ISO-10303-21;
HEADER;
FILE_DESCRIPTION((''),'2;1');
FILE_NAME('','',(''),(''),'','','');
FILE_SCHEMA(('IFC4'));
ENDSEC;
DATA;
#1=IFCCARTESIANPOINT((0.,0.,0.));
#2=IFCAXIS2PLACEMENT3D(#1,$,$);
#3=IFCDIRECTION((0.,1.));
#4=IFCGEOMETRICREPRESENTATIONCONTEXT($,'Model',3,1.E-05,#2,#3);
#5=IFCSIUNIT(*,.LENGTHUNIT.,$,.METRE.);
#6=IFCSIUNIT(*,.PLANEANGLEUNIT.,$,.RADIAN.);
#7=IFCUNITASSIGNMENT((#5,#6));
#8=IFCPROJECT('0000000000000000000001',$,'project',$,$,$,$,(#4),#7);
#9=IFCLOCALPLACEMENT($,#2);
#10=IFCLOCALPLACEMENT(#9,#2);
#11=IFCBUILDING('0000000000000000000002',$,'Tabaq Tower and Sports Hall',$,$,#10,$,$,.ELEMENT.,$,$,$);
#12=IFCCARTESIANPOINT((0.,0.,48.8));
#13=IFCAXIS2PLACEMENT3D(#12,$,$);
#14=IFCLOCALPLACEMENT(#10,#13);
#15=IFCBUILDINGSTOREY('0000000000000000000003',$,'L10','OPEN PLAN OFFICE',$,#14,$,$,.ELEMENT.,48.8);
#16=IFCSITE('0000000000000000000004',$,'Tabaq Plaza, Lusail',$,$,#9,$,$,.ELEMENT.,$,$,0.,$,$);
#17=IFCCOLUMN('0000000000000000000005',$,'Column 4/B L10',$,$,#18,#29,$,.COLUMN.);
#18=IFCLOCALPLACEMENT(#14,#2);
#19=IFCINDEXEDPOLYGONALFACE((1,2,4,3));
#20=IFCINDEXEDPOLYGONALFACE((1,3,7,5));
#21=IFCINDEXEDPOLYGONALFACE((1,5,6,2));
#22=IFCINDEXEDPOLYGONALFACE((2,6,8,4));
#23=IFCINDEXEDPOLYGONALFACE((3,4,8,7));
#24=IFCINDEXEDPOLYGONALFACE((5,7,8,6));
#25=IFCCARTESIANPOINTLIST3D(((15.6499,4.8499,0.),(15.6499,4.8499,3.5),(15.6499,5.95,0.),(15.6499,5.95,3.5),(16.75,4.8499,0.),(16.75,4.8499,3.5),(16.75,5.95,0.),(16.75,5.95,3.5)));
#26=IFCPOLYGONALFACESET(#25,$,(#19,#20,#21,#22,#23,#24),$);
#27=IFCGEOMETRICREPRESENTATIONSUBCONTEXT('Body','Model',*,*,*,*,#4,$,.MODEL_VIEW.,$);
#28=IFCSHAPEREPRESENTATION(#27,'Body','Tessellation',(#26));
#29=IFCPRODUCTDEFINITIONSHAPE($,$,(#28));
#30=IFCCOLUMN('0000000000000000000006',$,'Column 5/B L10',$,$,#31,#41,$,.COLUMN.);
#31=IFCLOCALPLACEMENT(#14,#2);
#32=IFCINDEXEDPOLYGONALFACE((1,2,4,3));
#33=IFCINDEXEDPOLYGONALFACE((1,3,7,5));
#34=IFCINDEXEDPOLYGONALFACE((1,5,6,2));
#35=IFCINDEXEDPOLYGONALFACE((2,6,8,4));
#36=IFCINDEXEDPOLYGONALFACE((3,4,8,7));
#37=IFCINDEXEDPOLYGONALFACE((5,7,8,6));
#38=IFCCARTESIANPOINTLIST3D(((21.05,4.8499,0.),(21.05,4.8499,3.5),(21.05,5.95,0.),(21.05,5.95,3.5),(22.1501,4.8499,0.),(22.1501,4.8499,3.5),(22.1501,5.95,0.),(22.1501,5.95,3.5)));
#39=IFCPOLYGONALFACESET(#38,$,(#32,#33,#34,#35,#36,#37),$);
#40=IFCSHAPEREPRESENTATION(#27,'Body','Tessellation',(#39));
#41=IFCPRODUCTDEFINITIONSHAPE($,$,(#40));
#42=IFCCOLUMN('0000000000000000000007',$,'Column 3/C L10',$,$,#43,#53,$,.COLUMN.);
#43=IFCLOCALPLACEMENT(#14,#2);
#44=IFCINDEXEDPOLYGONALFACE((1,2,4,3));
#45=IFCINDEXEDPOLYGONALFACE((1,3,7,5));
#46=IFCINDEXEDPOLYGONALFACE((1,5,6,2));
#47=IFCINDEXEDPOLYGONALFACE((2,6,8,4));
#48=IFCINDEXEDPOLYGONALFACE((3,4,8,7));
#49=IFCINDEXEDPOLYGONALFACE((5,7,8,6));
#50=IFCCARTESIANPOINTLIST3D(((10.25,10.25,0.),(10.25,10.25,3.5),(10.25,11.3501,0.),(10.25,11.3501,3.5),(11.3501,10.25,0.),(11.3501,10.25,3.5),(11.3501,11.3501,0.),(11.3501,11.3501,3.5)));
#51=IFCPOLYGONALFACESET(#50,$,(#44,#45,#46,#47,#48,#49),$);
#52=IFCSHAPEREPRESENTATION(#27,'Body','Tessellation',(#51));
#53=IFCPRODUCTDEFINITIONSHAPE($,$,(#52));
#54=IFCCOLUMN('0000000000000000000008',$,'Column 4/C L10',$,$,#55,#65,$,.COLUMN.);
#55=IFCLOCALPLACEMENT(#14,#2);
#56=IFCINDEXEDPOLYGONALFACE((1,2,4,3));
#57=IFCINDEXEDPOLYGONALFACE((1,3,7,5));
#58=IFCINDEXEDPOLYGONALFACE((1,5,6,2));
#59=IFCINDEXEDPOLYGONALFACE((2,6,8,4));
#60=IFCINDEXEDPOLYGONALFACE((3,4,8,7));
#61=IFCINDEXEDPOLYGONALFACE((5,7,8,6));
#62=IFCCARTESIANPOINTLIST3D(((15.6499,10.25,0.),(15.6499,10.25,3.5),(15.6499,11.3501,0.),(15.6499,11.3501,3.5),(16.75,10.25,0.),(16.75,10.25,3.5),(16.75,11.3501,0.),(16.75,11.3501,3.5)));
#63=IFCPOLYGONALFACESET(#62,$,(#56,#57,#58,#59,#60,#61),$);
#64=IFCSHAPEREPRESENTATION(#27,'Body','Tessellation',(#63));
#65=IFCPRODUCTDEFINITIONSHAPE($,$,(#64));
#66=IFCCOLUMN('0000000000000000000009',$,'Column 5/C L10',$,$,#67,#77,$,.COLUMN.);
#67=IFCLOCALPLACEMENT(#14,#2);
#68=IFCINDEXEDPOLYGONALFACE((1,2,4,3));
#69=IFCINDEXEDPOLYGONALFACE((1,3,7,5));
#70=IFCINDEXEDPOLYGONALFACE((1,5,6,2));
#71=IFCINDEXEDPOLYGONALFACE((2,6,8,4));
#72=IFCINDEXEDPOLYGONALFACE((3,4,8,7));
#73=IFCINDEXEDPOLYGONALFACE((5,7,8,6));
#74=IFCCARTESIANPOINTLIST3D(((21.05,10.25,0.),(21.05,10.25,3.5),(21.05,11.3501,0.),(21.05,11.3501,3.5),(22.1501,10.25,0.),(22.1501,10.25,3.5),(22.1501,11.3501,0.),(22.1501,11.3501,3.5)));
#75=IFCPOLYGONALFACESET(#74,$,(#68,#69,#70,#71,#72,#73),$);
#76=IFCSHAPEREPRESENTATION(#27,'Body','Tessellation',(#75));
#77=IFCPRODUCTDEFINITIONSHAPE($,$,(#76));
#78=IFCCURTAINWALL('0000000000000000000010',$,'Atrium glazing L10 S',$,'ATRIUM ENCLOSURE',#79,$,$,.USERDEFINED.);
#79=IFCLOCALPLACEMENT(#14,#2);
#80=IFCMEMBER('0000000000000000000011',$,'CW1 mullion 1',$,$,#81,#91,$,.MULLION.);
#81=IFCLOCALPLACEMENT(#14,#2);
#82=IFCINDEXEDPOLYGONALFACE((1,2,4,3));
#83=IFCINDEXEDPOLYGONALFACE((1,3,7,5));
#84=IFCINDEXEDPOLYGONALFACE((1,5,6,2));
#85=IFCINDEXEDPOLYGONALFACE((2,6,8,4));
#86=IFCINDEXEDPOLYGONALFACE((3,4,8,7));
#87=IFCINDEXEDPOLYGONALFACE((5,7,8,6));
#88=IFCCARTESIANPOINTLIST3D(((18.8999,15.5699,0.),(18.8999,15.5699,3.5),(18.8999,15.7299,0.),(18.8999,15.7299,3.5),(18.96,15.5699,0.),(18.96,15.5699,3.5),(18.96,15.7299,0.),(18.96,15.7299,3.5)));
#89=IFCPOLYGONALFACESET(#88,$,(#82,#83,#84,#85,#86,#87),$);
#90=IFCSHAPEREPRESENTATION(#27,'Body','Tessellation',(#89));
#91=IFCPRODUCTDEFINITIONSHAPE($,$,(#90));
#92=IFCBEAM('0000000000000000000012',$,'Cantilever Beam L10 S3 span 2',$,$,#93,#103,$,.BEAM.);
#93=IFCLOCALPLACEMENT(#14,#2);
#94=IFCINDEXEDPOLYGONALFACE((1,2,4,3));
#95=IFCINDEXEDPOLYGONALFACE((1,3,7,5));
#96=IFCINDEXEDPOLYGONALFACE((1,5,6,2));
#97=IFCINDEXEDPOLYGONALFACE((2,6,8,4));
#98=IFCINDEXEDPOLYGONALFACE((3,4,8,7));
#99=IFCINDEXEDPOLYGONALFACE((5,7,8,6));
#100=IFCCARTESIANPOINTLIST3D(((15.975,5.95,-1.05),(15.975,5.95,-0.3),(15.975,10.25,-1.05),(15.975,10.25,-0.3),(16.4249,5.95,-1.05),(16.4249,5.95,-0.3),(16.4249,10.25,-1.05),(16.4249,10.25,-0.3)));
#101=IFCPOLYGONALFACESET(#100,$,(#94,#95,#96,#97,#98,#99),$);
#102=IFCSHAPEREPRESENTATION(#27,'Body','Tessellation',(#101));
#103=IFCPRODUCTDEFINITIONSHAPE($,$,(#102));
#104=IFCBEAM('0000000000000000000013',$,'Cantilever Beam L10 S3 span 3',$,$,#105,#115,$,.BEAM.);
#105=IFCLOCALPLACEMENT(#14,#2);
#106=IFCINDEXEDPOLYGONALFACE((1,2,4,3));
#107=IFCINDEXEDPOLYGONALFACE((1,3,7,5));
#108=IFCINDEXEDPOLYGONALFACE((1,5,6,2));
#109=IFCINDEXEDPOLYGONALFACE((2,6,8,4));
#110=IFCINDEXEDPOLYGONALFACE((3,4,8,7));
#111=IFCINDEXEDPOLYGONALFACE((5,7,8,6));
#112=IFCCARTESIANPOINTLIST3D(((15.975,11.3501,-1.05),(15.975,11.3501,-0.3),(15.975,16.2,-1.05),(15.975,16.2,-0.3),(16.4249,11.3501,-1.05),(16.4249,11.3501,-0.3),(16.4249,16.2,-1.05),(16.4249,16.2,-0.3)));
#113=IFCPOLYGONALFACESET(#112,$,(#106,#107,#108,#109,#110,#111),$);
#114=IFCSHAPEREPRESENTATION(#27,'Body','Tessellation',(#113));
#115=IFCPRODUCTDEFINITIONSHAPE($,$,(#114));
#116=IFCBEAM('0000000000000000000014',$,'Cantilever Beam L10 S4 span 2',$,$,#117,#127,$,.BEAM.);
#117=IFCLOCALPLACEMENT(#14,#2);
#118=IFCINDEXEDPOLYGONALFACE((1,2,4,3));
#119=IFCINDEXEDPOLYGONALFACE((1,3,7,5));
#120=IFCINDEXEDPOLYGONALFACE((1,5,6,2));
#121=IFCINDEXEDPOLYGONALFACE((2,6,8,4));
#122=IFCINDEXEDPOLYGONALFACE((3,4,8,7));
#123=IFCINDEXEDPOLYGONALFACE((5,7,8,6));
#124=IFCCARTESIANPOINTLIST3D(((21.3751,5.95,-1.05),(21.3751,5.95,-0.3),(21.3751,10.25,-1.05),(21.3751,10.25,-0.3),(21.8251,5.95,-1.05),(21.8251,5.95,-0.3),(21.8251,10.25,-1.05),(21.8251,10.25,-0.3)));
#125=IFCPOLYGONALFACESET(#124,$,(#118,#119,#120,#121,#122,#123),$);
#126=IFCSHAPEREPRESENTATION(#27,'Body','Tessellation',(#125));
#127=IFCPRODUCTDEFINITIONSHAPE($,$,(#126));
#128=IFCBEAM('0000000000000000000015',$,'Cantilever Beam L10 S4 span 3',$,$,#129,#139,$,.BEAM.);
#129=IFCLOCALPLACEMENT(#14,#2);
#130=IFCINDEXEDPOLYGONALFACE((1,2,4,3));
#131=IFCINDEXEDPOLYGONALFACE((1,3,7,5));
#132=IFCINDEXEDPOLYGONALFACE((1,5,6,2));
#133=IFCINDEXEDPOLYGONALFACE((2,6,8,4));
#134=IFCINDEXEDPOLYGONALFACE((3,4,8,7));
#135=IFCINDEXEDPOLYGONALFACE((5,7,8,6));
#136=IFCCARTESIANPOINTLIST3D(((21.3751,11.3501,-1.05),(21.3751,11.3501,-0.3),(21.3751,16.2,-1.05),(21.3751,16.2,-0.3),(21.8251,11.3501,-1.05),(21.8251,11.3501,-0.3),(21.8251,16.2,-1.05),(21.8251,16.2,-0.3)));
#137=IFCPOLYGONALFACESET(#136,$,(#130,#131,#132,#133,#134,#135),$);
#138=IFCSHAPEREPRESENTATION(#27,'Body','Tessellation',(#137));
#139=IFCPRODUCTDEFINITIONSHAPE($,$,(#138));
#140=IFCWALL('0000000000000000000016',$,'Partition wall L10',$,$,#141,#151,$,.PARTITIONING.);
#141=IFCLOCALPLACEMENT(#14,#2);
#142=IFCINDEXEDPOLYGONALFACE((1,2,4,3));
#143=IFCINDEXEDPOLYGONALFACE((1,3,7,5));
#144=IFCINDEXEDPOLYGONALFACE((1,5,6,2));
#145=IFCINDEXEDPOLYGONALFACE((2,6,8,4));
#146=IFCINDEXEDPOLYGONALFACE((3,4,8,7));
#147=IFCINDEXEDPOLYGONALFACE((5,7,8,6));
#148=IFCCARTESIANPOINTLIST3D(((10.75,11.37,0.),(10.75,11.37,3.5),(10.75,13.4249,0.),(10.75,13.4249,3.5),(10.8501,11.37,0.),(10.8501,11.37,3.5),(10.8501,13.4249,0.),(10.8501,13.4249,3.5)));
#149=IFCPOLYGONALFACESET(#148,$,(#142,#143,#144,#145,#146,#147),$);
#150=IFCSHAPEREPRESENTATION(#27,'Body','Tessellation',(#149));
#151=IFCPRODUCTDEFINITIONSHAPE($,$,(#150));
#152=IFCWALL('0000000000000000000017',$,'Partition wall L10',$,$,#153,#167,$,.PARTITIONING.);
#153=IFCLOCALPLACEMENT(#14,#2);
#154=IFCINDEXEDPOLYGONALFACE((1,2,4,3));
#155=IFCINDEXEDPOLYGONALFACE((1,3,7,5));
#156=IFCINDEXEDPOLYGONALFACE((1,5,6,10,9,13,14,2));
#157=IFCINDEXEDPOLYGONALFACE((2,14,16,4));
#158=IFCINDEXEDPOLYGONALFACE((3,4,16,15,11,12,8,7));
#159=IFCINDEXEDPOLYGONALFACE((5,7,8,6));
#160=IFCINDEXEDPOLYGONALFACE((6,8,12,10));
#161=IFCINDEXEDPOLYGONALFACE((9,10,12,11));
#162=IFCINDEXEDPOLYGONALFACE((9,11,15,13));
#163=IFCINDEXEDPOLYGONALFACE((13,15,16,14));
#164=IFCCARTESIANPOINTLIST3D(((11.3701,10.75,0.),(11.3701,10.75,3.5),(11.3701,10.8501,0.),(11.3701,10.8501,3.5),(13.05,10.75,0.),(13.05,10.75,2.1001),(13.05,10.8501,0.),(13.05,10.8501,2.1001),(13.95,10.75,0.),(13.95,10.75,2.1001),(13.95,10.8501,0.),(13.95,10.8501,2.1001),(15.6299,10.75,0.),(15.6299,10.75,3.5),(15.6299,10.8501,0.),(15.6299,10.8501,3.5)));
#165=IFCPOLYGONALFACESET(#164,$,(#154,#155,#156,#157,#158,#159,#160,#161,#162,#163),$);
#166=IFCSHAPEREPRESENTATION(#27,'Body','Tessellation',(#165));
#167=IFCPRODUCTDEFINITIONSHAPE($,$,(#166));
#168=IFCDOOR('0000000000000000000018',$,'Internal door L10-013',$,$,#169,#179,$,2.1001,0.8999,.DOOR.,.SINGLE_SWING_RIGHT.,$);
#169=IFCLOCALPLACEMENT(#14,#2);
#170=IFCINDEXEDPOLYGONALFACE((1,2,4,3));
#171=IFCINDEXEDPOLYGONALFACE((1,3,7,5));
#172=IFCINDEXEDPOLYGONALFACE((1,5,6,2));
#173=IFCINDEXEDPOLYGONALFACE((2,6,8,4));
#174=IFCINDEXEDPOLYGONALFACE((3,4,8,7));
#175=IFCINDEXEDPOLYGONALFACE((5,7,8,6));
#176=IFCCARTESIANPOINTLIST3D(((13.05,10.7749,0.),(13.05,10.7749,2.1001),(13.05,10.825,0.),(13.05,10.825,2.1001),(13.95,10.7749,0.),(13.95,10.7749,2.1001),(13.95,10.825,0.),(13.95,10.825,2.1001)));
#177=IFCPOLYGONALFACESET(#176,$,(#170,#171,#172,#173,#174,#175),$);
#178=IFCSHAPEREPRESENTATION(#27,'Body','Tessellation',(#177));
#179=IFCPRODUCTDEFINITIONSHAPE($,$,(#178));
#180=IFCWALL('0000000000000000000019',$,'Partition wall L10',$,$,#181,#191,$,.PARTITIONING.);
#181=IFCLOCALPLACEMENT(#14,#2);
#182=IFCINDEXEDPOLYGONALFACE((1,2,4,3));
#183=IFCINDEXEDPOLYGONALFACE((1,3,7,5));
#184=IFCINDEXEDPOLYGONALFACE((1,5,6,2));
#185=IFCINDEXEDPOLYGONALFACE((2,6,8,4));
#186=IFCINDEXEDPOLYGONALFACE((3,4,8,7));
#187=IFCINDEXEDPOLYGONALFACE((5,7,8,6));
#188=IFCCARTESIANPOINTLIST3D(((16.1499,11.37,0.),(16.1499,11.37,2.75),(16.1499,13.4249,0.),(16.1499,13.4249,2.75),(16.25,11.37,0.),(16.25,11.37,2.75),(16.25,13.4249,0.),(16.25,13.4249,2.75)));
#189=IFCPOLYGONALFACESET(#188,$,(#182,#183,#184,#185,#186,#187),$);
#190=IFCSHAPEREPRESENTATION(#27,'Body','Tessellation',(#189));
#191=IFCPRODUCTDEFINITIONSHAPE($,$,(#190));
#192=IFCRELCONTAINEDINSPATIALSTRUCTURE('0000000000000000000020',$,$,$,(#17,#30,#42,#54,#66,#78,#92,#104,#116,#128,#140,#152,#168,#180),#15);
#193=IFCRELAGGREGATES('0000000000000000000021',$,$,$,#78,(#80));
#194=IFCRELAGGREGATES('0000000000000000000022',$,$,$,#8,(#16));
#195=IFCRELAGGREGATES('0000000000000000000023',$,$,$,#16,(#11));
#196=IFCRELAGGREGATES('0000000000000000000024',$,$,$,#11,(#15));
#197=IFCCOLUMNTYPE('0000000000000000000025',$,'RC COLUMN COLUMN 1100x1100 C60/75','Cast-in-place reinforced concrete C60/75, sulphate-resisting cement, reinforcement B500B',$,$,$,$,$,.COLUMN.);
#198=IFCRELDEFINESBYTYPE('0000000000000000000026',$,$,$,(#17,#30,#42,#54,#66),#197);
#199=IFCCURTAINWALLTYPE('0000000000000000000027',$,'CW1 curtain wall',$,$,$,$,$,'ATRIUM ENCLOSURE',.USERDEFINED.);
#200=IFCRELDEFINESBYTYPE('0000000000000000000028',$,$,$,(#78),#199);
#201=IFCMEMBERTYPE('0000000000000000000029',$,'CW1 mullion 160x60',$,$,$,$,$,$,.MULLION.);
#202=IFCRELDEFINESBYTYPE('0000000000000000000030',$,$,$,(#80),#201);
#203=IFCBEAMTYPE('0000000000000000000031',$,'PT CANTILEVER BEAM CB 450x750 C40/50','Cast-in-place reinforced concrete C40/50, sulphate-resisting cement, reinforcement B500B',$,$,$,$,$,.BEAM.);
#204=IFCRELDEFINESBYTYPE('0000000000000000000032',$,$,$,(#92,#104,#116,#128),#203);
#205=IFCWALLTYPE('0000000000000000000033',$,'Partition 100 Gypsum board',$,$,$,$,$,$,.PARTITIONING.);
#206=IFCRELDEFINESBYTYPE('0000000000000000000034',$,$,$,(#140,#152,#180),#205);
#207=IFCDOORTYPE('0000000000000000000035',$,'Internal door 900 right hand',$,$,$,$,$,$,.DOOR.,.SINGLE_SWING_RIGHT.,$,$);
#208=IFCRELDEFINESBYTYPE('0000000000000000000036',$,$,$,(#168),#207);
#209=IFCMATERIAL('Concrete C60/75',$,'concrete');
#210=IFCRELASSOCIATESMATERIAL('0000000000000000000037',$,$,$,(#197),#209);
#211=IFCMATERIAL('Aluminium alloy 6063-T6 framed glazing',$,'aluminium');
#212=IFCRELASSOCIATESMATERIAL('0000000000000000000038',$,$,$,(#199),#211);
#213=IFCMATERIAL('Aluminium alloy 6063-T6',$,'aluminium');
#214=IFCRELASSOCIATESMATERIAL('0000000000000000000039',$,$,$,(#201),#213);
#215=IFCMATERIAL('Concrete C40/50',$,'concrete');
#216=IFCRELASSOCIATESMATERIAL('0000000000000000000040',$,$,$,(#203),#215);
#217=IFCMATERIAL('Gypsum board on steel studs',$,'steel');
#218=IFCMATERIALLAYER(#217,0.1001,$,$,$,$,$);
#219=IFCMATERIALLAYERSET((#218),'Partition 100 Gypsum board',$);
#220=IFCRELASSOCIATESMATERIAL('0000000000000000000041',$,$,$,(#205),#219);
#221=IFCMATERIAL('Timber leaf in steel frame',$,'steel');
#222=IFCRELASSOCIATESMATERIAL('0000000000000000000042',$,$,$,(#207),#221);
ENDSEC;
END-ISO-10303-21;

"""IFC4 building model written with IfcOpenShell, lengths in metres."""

from ifc_helpers import new_model, si_unit, direction, frame, frame_2d, origin, origin_2d, place, context, subcontext, project, spatial, rectangle, extrude, material, layer, layer_set, material_profile, profile_set, type_object, element, fill, aggregate, save


model = new_model("IFC4")

# Units and contexts
model_context = context("Model", 3, precision=1e-05, world=origin(), true_north=direction((0.0, 1.0)))
body_context = subcontext(model_context, "Body", "Model", "MODEL_VIEW")
ifc_project = project(units=[si_unit("LENGTHUNIT", "METRE"), si_unit("PLANEANGLEUNIT", "RADIAN")], contexts=[model_context])

# Site, building, storey
site_placement = place(None, origin())
site = spatial("IfcSite", under=ifc_project, at=site_placement, Name="Tabaq Plaza, Lusail", CompositionType="ELEMENT", RefElevation=0.0)
building_placement = place(site_placement, origin())
building = spatial("IfcBuilding", under=site, at=building_placement, Name="Tabaq Tower and Sports Hall", CompositionType="ELEMENT")
storey_placement = place(building_placement, frame((0.0, 0.0, 48.8)))
storey = spatial("IfcBuildingStorey", under=building, at=storey_placement, Name="L10", Description="OPEN PLAN OFFICE", CompositionType="ELEMENT", Elevation=48.8)

# Columns
ifc_material_1 = material(Name="Concrete C60/75", Category="concrete")
ifc_material_profile_1 = material_profile(ifc_material_1, rectangle(XDim=1.1001, YDim=1.1001, at=origin_2d()), Name="COLUMN 1100x1100")
ifc_profile_set_1 = profile_set([ifc_material_profile_1], Name="Concrete C60/75")
column_type = type_object("IfcColumnType", Name="RC COLUMN COLUMN 1100x1100 C60/75", Description="Cast-in-place reinforced concrete C60/75, sulphate-resisting cement, reinforcement B500B", PredefinedType="COLUMN", material=ifc_profile_set_1)
for number, where, z_axis, x_axis, name in (
    (1, (16.2, 5.3999, 0.0), (0.0, 0.0, 1.0), (1.0, 0.0, 0.0), "Column 4/B L10"),
    (2, (21.6001, 5.3999, 0.0), (0.0, 0.0, 1.0), (1.0, 0.0, 0.0), "Column 5/B L10"),
    (3, (10.8, 10.8, 0.0), (0.0, 0.0, 1.0), (1.0, 0.0, 0.0), "Column 3/C L10"),
    (4, (16.2, 10.8, 0.0), (0.0, 0.0, 1.0), (1.0, 0.0, 0.0), "Column 4/C L10"),
    (5, (21.6001, 10.8, 0.0), (0.0, 0.0, 1.0), (1.0, 0.0, 0.0), "Column 5/C L10"),
):
    element("IfcColumn", number, at=place(storey_placement, frame(where, z_axis=z_axis, x_axis=x_axis)), inside=storey, type_object=column_type, Name=name, PredefinedType="COLUMN", context=body_context, shape_type="SweptSolid", body=[
        extrude(rectangle(XDim=1.1001, YDim=1.1001, at=origin_2d()), origin(), (0.0, 0.0, 1.0), 3.5),
    ])

# Curtain wall, member
ifc_material_2 = material(Name="Aluminium alloy 6063-T6 framed glazing", Category="aluminium")
curtain_wall_type = type_object("IfcCurtainWallType", Name="CW1 curtain wall", ElementType="ATRIUM ENCLOSURE", PredefinedType="USERDEFINED", material=ifc_material_2)
curtain_wall_placement = place(storey_placement, origin())
curtain_wall = element("IfcCurtainWall", 6, at=curtain_wall_placement, inside=storey, type_object=curtain_wall_type, Name="Atrium glazing L10 S", ObjectType="ATRIUM ENCLOSURE", PredefinedType="USERDEFINED")
ifc_material_3 = material(Name="Aluminium alloy 6063-T6", Category="aluminium")
ifc_material_profile_2 = material_profile(ifc_material_3, rectangle(XDim=0.1599, YDim=0.0601, at=origin_2d()), Name="MULLION 160x60")
ifc_profile_set_2 = profile_set([ifc_material_profile_2], Name="Aluminium alloy 6063-T6")
member_type = type_object("IfcMemberType", Name="CW1 mullion 160x60", PredefinedType="MULLION", material=ifc_profile_set_2)
member_placement = place(storey_placement, frame((18.9299, 15.6499, 0.0), z_axis=(0.0, 0.0, 1.0), x_axis=(0.0, 1.0, 0.0)))
member = element("IfcMember", 7, at=member_placement, type_object=member_type, Name="CW1 mullion 1", PredefinedType="MULLION", context=body_context, shape_type="SweptSolid", body=[
    extrude(rectangle(XDim=0.1599, YDim=0.0601, at=origin_2d()), origin(), (0.0, 0.0, 1.0), 3.5),
])
aggregate(curtain_wall, [member])

# Beams
ifc_material_4 = material(Name="Concrete C40/50", Category="concrete")
ifc_material_profile_3 = material_profile(ifc_material_4, rectangle(XDim=0.45, YDim=0.75, at=origin_2d()), Name="CB 450x750")
ifc_profile_set_3 = profile_set([ifc_material_profile_3], Name="Concrete C40/50")
beam_type = type_object("IfcBeamType", Name="PT CANTILEVER BEAM CB 450x750 C40/50", Description="Cast-in-place reinforced concrete C40/50, sulphate-resisting cement, reinforcement B500B", PredefinedType="BEAM", material=ifc_profile_set_3)
beam_1_placement = place(storey_placement, frame((16.2, 5.95, -0.675), z_axis=(0.0, 1.0, 0.0), x_axis=(-1.0, 0.0, 0.0)))
element("IfcBeam", 8, at=beam_1_placement, inside=storey, type_object=beam_type, Name="Cantilever Beam L10 S3 span 2", PredefinedType="BEAM", context=body_context, shape_type="SweptSolid", body=[
    extrude(rectangle(XDim=0.45, YDim=0.75, at=origin_2d()), origin(), (0.0, 0.0, 1.0), 4.3),
])
beam_2_placement = place(storey_placement, frame((16.2, 11.3501, -0.675), z_axis=(0.0, 1.0, 0.0), x_axis=(-1.0, 0.0, 0.0)))
element("IfcBeam", 9, at=beam_2_placement, inside=storey, type_object=beam_type, Name="Cantilever Beam L10 S3 span 3", PredefinedType="BEAM", context=body_context, shape_type="SweptSolid", body=[
    extrude(rectangle(XDim=0.45, YDim=0.75, at=origin_2d()), origin(), (0.0, 0.0, 1.0), 4.8499),
])
beam_3_placement = place(storey_placement, frame((21.6001, 5.95, -0.675), z_axis=(0.0, 1.0, 0.0), x_axis=(-1.0, 0.0, 0.0)))
element("IfcBeam", 10, at=beam_3_placement, inside=storey, type_object=beam_type, Name="Cantilever Beam L10 S4 span 2", PredefinedType="BEAM", context=body_context, shape_type="SweptSolid", body=[
    extrude(rectangle(XDim=0.45, YDim=0.75, at=origin_2d()), origin(), (0.0, 0.0, 1.0), 4.3),
])
beam_4_placement = place(storey_placement, frame((21.6001, 11.3501, -0.675), z_axis=(0.0, 1.0, 0.0), x_axis=(-1.0, 0.0, 0.0)))
element("IfcBeam", 11, at=beam_4_placement, inside=storey, type_object=beam_type, Name="Cantilever Beam L10 S4 span 3", PredefinedType="BEAM", context=body_context, shape_type="SweptSolid", body=[
    extrude(rectangle(XDim=0.45, YDim=0.75, at=origin_2d()), origin(), (0.0, 0.0, 1.0), 4.8499),
])

# Wall
ifc_material_5 = material(Name="Gypsum board on steel studs", Category="steel")
ifc_layer = layer(ifc_material_5, 0.1001)
ifc_layer_set = layer_set([ifc_layer], Name="Partition 100 Gypsum board")
wall_type = type_object("IfcWallType", Name="Partition 100 Gypsum board", PredefinedType="PARTITIONING", material=ifc_layer_set)
wall_1_placement = place(storey_placement, frame((10.8, 11.3701, 0.0), z_axis=(0.0, 0.0, 1.0), x_axis=(0.0, 1.0, 0.0)))
element("IfcWall", 12, at=wall_1_placement, inside=storey, type_object=wall_type, Name="Partition wall L10", PredefinedType="PARTITIONING", context=body_context, shape_type="SweptSolid", body=[
    extrude(rectangle(XDim=2.0549, YDim=0.1001, at=frame_2d((1.0273, 0.0))), origin(), (0.0, 0.0, 1.0), 3.5),
])

# Wall, opening, door
wall_2_placement = place(storey_placement, frame((11.3701, 10.8, 0.0), z_axis=(0.0, 0.0, 1.0), x_axis=(1.0, 0.0, 0.0)))
wall_2 = element("IfcWall", 13, at=wall_2_placement, inside=storey, type_object=wall_type, Name="Partition wall L10", PredefinedType="PARTITIONING", context=body_context, shape_type="SweptSolid", body=[
    extrude(rectangle(XDim=4.2598, YDim=0.1001, at=frame_2d((2.1299, 0.0))), origin(), (0.0, 0.0, 1.0), 3.5),
])
opening_1_placement = place(wall_2_placement, frame((1.6799, 0.0, 0.0)))
opening_1 = element("IfcOpeningElement", 14, at=opening_1_placement, cuts=wall_2, PredefinedType="OPENING", context=body_context, shape_type="SweptSolid", body=[
    extrude(rectangle(XDim=0.8999, YDim=2.1001, at=frame_2d((0.45, 1.05))), frame((0.0, 0.05, 0.0), z_axis=(0.0, -1.0, 0.0), x_axis=(1.0, 0.0, 0.0)), (0.0, 0.0, 1.0), 0.1001),
])
ifc_material_6 = material(Name="Timber leaf in steel frame", Category="steel")
door_type_1 = type_object("IfcDoorType", Name="Internal door 900 right hand", OperationType="SINGLE_SWING_RIGHT", PredefinedType="DOOR", material=ifc_material_6)
door_1_placement = place(opening_1_placement, origin())
door_1 = element("IfcDoor", 15, at=door_1_placement, inside=storey, type_object=door_type_1, Name="Internal door L10-013", OperationType="SINGLE_SWING_RIGHT", OverallHeight=2.1001, OverallWidth=0.8999, PredefinedType="DOOR", context=body_context, shape_type="SweptSolid", body=[
    extrude(rectangle(XDim=0.8999, YDim=2.1001, at=frame_2d((0.45, 1.05))), frame((0.0, 0.0249, 0.0), z_axis=(0.0, -1.0, 0.0), x_axis=(1.0, 0.0, 0.0)), (0.0, 0.0, 1.0), 0.05),
])
fill(opening_1, door_1)

# Wall
wall_3_placement = place(storey_placement, frame((16.2, 11.3701, 0.0), z_axis=(0.0, 0.0, 1.0), x_axis=(0.0, 1.0, 0.0)))
element("IfcWall", 16, at=wall_3_placement, inside=storey, type_object=wall_type, Name="Partition wall L10", PredefinedType="PARTITIONING", context=body_context, shape_type="SweptSolid", body=[
    extrude(rectangle(XDim=2.0549, YDim=0.1001, at=frame_2d((1.0273, 0.0))), origin(), (0.0, 0.0, 1.0), 2.75),
])

save(model, "model.ifc")
